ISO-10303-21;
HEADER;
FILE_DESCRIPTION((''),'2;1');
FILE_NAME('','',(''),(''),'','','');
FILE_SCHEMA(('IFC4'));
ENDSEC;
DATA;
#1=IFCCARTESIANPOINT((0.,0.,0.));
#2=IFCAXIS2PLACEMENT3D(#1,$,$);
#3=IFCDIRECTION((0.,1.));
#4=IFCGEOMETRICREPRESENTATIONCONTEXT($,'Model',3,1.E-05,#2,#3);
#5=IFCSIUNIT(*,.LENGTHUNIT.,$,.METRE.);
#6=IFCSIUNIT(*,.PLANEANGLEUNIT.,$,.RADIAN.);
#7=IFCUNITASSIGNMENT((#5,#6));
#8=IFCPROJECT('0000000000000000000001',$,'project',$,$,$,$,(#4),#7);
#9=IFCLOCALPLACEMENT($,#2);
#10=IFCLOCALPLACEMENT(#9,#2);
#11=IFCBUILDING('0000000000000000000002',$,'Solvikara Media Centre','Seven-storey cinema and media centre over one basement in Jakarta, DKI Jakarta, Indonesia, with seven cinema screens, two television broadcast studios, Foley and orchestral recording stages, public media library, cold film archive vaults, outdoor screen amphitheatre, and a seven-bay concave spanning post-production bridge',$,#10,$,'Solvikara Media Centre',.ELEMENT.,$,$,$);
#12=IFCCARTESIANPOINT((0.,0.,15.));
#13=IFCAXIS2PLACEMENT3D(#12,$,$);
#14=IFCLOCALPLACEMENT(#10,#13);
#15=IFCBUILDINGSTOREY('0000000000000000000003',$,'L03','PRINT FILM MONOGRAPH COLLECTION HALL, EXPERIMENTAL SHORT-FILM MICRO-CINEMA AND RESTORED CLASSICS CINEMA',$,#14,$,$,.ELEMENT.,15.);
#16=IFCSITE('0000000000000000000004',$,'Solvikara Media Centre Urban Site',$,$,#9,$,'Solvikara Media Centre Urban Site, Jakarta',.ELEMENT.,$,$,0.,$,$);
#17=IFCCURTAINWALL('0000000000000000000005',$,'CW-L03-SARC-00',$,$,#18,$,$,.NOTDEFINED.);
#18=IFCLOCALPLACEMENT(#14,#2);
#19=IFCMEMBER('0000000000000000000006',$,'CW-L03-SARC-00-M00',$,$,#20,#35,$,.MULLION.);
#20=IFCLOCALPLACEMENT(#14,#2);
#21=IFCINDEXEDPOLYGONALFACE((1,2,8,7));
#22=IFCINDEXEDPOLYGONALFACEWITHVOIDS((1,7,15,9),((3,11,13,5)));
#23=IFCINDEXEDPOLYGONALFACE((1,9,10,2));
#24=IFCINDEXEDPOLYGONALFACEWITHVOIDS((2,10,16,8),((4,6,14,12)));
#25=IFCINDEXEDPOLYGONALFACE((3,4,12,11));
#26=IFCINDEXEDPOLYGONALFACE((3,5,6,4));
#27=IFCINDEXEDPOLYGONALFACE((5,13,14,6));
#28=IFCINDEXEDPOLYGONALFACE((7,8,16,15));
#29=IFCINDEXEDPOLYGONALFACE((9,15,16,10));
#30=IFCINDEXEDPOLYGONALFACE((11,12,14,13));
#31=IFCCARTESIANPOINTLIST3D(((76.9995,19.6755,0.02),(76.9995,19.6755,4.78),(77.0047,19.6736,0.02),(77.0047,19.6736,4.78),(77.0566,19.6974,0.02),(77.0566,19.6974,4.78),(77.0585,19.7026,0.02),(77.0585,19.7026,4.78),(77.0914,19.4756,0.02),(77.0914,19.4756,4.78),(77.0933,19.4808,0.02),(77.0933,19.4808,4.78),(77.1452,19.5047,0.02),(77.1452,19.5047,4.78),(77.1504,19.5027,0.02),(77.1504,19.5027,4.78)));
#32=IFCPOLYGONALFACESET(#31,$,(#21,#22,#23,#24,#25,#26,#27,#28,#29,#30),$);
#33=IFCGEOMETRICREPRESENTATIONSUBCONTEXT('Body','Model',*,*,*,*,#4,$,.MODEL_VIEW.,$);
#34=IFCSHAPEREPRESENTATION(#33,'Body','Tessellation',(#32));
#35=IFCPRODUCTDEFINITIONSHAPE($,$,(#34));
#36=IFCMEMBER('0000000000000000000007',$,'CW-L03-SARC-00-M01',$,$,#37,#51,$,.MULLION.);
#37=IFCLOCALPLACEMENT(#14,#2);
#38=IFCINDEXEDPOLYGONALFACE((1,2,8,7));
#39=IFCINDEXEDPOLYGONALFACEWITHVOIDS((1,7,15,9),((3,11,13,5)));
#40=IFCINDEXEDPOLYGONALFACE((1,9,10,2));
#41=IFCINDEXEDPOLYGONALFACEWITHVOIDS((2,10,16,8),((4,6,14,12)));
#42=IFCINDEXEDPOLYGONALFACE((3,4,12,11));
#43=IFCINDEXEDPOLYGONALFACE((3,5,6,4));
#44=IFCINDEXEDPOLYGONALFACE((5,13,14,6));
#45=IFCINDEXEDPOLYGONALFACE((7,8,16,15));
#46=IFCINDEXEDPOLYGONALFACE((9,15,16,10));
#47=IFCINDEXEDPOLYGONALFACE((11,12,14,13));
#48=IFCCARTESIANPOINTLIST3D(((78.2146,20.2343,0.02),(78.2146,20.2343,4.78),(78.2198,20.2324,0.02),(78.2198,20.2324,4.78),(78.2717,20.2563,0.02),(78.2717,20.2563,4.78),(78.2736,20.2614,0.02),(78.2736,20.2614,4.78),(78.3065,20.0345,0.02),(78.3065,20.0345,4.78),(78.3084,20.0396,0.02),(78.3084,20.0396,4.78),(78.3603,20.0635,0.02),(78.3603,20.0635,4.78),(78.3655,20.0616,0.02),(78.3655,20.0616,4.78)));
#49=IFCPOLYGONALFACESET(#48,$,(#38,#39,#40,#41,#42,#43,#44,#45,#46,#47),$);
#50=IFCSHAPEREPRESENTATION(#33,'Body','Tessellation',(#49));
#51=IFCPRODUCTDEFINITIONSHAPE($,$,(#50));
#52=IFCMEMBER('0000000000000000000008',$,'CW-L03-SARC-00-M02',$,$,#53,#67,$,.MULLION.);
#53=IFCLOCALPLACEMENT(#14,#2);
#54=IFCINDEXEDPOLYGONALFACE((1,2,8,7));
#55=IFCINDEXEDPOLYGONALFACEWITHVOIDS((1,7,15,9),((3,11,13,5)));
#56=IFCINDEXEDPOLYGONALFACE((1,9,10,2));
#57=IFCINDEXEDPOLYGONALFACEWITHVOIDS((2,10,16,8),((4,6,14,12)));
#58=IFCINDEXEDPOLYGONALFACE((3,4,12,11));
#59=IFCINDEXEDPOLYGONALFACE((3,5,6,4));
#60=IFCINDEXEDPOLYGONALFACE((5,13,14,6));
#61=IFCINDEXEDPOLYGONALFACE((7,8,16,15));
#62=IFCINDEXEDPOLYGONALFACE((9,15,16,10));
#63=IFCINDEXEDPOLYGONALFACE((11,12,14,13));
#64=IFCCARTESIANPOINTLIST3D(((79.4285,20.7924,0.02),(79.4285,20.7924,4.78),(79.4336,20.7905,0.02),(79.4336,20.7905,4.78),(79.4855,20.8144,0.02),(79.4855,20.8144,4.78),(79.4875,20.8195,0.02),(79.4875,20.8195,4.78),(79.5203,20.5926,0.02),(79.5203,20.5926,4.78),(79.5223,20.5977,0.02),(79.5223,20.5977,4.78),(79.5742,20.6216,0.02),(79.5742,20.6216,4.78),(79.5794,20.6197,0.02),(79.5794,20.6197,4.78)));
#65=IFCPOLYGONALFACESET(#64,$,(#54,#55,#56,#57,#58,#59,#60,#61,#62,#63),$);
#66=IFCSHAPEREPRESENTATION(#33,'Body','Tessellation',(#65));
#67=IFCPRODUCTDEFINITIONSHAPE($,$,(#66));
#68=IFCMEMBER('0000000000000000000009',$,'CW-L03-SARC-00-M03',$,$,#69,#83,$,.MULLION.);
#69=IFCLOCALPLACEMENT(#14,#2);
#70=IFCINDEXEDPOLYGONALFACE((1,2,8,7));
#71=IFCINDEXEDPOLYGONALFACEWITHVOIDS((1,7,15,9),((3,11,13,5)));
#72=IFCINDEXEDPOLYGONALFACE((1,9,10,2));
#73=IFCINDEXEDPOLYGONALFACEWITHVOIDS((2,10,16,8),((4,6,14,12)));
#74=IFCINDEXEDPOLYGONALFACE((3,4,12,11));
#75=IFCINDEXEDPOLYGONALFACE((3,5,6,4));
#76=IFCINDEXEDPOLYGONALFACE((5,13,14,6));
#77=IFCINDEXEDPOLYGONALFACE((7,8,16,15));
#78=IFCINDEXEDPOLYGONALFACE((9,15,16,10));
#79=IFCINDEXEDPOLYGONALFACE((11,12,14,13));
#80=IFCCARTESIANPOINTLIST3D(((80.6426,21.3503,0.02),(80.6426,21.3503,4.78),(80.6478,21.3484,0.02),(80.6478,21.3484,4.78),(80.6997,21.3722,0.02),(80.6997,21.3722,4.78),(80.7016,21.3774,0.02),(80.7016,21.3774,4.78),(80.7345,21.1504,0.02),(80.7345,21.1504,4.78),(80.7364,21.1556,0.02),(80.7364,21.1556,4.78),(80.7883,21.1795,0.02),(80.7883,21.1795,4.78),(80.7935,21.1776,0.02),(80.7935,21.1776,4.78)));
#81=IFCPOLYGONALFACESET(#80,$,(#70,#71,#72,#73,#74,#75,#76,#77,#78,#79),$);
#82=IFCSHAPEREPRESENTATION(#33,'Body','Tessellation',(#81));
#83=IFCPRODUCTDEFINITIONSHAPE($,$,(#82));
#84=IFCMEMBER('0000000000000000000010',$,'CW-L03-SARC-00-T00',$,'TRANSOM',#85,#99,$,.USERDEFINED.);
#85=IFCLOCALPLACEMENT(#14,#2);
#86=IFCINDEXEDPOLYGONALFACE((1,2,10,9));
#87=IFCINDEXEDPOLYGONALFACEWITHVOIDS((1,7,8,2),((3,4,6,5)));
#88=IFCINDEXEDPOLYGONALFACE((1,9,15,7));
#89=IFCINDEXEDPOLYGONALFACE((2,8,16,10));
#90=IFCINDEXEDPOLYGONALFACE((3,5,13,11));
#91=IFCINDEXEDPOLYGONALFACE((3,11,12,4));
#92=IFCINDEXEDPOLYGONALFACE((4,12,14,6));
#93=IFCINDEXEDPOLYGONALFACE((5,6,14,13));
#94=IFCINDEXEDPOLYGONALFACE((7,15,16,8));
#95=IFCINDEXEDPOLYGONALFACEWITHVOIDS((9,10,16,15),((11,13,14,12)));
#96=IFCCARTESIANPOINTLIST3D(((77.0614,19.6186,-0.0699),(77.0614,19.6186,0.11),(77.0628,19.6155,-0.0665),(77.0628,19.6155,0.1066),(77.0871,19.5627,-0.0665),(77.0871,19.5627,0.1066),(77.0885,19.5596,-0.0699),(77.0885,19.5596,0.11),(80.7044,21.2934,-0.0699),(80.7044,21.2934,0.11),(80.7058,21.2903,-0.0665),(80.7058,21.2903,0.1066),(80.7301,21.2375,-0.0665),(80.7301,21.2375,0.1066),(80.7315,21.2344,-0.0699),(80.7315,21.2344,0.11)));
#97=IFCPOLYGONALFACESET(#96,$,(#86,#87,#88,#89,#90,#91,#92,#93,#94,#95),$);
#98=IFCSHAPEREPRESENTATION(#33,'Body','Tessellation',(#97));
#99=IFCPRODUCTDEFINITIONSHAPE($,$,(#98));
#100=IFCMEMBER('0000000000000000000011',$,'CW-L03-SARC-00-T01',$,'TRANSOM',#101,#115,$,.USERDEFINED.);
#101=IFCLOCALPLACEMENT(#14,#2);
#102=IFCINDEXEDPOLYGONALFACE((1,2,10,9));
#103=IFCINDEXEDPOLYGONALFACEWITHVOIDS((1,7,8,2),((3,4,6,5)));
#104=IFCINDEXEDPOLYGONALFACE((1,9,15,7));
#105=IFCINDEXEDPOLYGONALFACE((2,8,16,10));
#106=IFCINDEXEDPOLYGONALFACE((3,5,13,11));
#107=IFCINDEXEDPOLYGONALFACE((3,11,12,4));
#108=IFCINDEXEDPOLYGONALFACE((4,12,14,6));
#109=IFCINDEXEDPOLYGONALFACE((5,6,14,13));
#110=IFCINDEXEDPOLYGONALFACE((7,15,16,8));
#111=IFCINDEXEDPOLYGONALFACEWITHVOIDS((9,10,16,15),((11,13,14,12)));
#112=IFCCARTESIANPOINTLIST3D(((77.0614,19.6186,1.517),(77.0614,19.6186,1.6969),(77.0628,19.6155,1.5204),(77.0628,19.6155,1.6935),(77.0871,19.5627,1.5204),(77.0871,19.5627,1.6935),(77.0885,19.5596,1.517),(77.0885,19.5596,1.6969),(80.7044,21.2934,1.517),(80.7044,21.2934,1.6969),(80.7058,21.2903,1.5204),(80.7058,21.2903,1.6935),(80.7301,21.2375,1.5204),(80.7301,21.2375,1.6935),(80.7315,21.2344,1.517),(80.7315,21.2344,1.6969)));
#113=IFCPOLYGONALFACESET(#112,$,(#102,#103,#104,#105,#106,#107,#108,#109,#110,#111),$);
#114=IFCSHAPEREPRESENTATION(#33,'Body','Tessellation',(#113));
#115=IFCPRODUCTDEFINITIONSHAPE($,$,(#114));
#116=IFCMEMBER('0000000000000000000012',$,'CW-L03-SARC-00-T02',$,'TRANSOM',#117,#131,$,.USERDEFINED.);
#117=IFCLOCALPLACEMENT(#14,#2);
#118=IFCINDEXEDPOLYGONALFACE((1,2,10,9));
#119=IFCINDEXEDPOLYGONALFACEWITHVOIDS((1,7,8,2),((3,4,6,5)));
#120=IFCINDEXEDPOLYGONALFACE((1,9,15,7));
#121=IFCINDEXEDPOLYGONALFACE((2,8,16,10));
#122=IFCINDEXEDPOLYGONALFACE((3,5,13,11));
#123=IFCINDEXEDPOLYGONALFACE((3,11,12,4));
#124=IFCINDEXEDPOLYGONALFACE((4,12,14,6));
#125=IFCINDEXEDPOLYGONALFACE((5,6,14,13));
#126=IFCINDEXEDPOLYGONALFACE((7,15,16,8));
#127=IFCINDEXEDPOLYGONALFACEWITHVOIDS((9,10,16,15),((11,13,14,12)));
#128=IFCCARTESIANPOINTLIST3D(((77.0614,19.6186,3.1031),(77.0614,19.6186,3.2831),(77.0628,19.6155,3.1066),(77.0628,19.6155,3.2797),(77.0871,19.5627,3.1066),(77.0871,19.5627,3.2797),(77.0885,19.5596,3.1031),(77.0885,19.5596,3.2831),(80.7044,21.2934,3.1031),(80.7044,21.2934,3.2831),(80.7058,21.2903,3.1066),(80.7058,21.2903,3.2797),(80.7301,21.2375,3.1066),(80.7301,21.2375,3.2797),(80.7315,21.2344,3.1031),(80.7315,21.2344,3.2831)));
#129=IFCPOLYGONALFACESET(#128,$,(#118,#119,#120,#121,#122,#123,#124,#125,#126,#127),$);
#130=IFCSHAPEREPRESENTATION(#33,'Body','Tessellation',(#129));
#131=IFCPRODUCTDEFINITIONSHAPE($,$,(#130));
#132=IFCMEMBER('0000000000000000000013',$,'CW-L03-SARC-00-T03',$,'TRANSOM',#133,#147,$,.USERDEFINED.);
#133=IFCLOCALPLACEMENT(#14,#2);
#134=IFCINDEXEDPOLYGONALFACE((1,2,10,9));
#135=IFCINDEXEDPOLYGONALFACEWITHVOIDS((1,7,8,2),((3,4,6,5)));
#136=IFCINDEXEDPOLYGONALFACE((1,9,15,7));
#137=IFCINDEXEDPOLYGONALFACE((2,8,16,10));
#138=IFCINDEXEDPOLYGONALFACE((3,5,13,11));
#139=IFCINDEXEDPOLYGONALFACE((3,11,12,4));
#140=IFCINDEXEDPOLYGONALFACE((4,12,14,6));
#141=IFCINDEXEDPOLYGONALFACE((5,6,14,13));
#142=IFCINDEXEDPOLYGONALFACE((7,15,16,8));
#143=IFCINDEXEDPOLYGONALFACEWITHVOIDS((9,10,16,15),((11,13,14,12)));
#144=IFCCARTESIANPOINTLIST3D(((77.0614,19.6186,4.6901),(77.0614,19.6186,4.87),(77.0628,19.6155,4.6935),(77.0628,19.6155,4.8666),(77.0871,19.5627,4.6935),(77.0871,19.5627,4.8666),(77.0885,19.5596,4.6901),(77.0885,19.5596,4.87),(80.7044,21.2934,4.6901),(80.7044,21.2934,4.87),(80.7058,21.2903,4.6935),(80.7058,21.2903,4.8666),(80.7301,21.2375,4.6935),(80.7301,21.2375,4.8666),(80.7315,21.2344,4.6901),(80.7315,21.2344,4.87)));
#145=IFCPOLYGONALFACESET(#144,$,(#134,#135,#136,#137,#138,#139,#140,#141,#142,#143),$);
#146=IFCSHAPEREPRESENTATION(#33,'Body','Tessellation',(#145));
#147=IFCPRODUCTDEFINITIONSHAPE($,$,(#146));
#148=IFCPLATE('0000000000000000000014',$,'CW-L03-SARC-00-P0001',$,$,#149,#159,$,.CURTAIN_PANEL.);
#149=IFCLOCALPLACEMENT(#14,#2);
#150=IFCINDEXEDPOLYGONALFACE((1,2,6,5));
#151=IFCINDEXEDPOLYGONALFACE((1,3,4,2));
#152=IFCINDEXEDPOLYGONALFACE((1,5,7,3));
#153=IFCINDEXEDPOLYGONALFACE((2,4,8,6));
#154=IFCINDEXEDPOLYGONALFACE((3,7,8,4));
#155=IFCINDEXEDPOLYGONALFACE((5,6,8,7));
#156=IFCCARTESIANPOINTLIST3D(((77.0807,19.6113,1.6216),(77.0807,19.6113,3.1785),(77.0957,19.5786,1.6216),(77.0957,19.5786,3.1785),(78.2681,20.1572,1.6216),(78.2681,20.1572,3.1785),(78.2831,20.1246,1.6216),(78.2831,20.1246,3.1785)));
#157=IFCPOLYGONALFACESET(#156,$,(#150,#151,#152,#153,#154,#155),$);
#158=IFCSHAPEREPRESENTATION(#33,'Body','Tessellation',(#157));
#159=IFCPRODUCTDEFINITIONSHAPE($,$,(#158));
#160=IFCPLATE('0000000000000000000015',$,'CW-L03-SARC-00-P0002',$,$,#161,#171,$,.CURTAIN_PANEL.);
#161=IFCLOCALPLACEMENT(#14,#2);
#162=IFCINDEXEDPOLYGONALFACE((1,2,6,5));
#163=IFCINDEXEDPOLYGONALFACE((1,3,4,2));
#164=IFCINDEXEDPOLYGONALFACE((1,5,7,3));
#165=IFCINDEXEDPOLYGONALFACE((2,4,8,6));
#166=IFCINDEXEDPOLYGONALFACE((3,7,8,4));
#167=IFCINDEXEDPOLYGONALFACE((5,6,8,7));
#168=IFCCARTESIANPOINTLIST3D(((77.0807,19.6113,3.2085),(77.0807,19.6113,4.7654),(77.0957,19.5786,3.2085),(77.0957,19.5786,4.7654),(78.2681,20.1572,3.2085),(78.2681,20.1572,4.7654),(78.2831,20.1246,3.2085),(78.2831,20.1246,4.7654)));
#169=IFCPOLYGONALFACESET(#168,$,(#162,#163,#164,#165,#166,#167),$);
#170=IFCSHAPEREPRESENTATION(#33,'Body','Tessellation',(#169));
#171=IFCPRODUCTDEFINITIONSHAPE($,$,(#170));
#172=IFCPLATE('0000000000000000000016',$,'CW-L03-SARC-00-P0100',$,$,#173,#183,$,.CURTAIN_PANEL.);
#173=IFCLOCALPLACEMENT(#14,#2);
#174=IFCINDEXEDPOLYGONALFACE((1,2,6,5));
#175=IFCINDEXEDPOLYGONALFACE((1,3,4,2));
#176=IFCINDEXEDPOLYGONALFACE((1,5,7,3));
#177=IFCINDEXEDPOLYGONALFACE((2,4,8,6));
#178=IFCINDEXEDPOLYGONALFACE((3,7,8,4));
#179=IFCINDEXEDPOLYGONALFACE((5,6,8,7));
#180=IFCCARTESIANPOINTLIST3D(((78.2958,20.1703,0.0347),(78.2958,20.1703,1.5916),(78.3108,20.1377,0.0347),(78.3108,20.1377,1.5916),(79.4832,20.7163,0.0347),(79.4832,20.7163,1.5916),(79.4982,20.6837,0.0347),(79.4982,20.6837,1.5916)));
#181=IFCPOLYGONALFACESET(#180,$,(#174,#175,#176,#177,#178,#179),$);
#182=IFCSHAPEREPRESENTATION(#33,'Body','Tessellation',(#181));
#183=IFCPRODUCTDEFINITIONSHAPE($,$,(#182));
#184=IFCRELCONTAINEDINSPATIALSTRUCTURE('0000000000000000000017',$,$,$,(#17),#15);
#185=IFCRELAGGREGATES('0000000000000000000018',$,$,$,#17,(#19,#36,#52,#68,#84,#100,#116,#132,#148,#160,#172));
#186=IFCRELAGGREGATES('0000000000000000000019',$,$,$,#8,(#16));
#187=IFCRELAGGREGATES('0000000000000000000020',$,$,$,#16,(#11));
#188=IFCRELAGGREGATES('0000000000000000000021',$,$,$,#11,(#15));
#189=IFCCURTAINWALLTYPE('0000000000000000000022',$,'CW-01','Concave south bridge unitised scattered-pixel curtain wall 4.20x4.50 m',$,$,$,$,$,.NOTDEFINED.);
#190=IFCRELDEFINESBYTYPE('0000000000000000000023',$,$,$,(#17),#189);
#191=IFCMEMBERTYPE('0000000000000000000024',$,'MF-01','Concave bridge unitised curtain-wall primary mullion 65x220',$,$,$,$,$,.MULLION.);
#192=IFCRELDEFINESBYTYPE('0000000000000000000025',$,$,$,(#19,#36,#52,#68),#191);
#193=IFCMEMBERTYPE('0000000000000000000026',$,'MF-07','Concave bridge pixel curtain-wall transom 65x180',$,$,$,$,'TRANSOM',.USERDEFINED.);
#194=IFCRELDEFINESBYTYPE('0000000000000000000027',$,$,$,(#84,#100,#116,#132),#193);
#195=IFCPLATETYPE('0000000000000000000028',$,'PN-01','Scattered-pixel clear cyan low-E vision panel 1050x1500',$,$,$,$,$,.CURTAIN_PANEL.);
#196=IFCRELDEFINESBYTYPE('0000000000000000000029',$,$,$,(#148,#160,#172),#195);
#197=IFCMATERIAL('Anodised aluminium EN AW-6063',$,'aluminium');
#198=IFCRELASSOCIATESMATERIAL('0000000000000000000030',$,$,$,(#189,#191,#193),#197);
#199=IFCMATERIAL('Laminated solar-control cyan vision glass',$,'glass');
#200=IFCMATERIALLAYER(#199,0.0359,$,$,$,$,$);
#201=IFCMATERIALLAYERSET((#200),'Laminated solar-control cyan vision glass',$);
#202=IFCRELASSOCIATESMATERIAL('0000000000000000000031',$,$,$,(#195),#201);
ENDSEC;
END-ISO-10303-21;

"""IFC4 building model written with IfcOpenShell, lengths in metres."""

from ifc_helpers import new_model, si_unit, direction, frame, origin, origin_2d, place, context, subcontext, project, spatial, rectangle, hollow_rectangle, extrude, material, layer, layer_set, material_profile, profile_set, type_object, element, aggregate, save


model = new_model("IFC4")

# Units and contexts
model_context = context("Model", 3, precision=1e-05, world=origin(), true_north=direction((0.0, 1.0)))
body_context = subcontext(model_context, "Body", "Model", "MODEL_VIEW")
ifc_project = project(units=[si_unit("LENGTHUNIT", "METRE"), si_unit("PLANEANGLEUNIT", "RADIAN")], contexts=[model_context])

# Site, building, storey
site_placement = place(None, origin())
site = spatial("IfcSite", under=ifc_project, at=site_placement, Name="Solvikara Media Centre Urban Site", LongName="Solvikara Media Centre Urban Site, Jakarta", CompositionType="ELEMENT", RefElevation=0.0)
building_placement = place(site_placement, origin())
building = spatial("IfcBuilding", under=site, at=building_placement, Name="Solvikara Media Centre", Description="Seven-storey cinema and media centre over one basement in Jakarta, DKI Jakarta, Indonesia, with seven cinema screens, two television broadcast studios, Foley and orchestral recording stages, public media library, cold film archive vaults, outdoor screen amphitheatre, and a seven-bay concave spanning post-production bridge", LongName="Solvikara Media Centre", CompositionType="ELEMENT")
storey_placement = place(building_placement, frame((0.0, 0.0, 15.0)))
storey = spatial("IfcBuildingStorey", under=building, at=storey_placement, Name="L03", Description="PRINT FILM MONOGRAPH COLLECTION HALL, EXPERIMENTAL SHORT-FILM MICRO-CINEMA AND RESTORED CLASSICS CINEMA", CompositionType="ELEMENT", Elevation=15.0)

# Curtain wall, members, plates
ifc_material_1 = material(Name="Anodised aluminium EN AW-6063", Category="aluminium")
curtain_wall_type = type_object("IfcCurtainWallType", Name="CW-01", Description="Concave south bridge unitised scattered-pixel curtain wall 4.20x4.50 m", PredefinedType="NOTDEFINED", material=ifc_material_1)
curtain_wall_placement = place(storey_placement, origin())
curtain_wall = element("IfcCurtainWall", 1, at=curtain_wall_placement, inside=storey, type_object=curtain_wall_type, Name="CW-L03-SARC-00", PredefinedType="NOTDEFINED")
ifc_material_profile_1 = material_profile(ifc_material_1, hollow_rectangle(XDim=0.0649, YDim=0.22, WallThickness=0.0039, at=origin_2d()), Name="ALU-M 65x220x4")
ifc_profile_set_1 = profile_set([ifc_material_profile_1], Name="Anodised aluminium EN AW-6063")
member_type_1 = type_object("IfcMemberType", Name="MF-01", Description="Concave bridge unitised curtain-wall primary mullion 65x220", PredefinedType="MULLION", material=ifc_profile_set_1)
member_1_placement = place(storey_placement, frame((77.075, 19.5891, 0.02), z_axis=(0.0, 0.0, 1.0), x_axis=(0.908567, 0.41774, 0.0)))
member_1 = element("IfcMember", 2, at=member_1_placement, type_object=member_type_1, Name="CW-L03-SARC-00-M00", PredefinedType="MULLION", context=body_context, shape_type="SweptSolid", body=[
    extrude(hollow_rectangle(XDim=0.0649, YDim=0.22, WallThickness=0.0039, at=origin_2d()), origin(), (0.0, 0.0, 1.0), 4.76),
])
member_2_placement = place(storey_placement, frame((78.29, 20.1479, 0.02), z_axis=(0.0, 0.0, 1.0), x_axis=(0.908567, 0.41774, 0.0)))
member_2 = element("IfcMember", 3, at=member_2_placement, type_object=member_type_1, Name="CW-L03-SARC-00-M01", PredefinedType="MULLION", context=body_context, shape_type="SweptSolid", body=[
    extrude(hollow_rectangle(XDim=0.0649, YDim=0.22, WallThickness=0.0039, at=origin_2d()), origin(), (0.0, 0.0, 1.0), 4.76),
])
member_3_placement = place(storey_placement, frame((79.5039, 20.7061, 0.02), z_axis=(0.0, 0.0, 1.0), x_axis=(0.908567, 0.41774, 0.0)))
member_3 = element("IfcMember", 4, at=member_3_placement, type_object=member_type_1, Name="CW-L03-SARC-00-M02", PredefinedType="MULLION", context=body_context, shape_type="SweptSolid", body=[
    extrude(hollow_rectangle(XDim=0.0649, YDim=0.22, WallThickness=0.0039, at=origin_2d()), origin(), (0.0, 0.0, 1.0), 4.76),
])
member_4_placement = place(storey_placement, frame((80.718, 21.2639, 0.02), z_axis=(0.0, 0.0, 1.0), x_axis=(0.908567, 0.41774, 0.0)))
member_4 = element("IfcMember", 5, at=member_4_placement, type_object=member_type_1, Name="CW-L03-SARC-00-M03", PredefinedType="MULLION", context=body_context, shape_type="SweptSolid", body=[
    extrude(hollow_rectangle(XDim=0.0649, YDim=0.22, WallThickness=0.0039, at=origin_2d()), origin(), (0.0, 0.0, 1.0), 4.76),
])
ifc_material_profile_2 = material_profile(ifc_material_1, hollow_rectangle(XDim=0.0649, YDim=0.1799, WallThickness=0.0034, at=origin_2d()), Name="ALU-T 65x180x3.5")
ifc_profile_set_2 = profile_set([ifc_material_profile_2], Name="Anodised aluminium EN AW-6063")
member_type_2 = type_object("IfcMemberType", Name="MF-07", Description="Concave bridge pixel curtain-wall transom 65x180", ElementType="TRANSOM", PredefinedType="USERDEFINED", material=ifc_profile_set_2)
member_5_placement = place(storey_placement, frame((77.075, 19.5891, 0.02), z_axis=(0.908586, 0.417699, 0.0), x_axis=(-0.417699, 0.908586, 0.0)))
member_5 = element("IfcMember", 6, at=member_5_placement, type_object=member_type_2, Name="CW-L03-SARC-00-T00", ObjectType="TRANSOM", PredefinedType="USERDEFINED", context=body_context, shape_type="SweptSolid", body=[
    extrude(hollow_rectangle(XDim=0.0649, YDim=0.1799, WallThickness=0.0034, at=origin_2d()), origin(), (0.0, 0.0, 1.0), 4.0095),
])
member_6_placement = place(storey_placement, frame((77.075, 19.5891, 1.6069), z_axis=(0.908586, 0.417699, 0.0), x_axis=(-0.417699, 0.908586, 0.0)))
member_6 = element("IfcMember", 7, at=member_6_placement, type_object=member_type_2, Name="CW-L03-SARC-00-T01", ObjectType="TRANSOM", PredefinedType="USERDEFINED", context=body_context, shape_type="SweptSolid", body=[
    extrude(hollow_rectangle(XDim=0.0649, YDim=0.1799, WallThickness=0.0034, at=origin_2d()), origin(), (0.0, 0.0, 1.0), 4.0095),
])
member_7_placement = place(storey_placement, frame((77.075, 19.5891, 3.1931), z_axis=(0.908586, 0.417699, 0.0), x_axis=(-0.417699, 0.908586, 0.0)))
member_7 = element("IfcMember", 8, at=member_7_placement, type_object=member_type_2, Name="CW-L03-SARC-00-T02", ObjectType="TRANSOM", PredefinedType="USERDEFINED", context=body_context, shape_type="SweptSolid", body=[
    extrude(hollow_rectangle(XDim=0.0649, YDim=0.1799, WallThickness=0.0034, at=origin_2d()), origin(), (0.0, 0.0, 1.0), 4.0095),
])
member_8_placement = place(storey_placement, frame((77.075, 19.5891, 4.78), z_axis=(0.908586, 0.417699, 0.0), x_axis=(-0.417699, 0.908586, 0.0)))
member_8 = element("IfcMember", 9, at=member_8_placement, type_object=member_type_2, Name="CW-L03-SARC-00-T03", ObjectType="TRANSOM", PredefinedType="USERDEFINED", context=body_context, shape_type="SweptSolid", body=[
    extrude(hollow_rectangle(XDim=0.0649, YDim=0.1799, WallThickness=0.0034, at=origin_2d()), origin(), (0.0, 0.0, 1.0), 4.0095),
])
ifc_material_2 = material(Name="Laminated solar-control cyan vision glass", Category="glass")
ifc_layer_1 = layer(ifc_material_2, 0.0359)
ifc_layer_set_1 = layer_set([ifc_layer_1], Name="Laminated solar-control cyan vision glass")
plate_type_1 = type_object("IfcPlateType", Name="PN-01", Description="Scattered-pixel clear cyan low-E vision panel 1050x1500", PredefinedType="CURTAIN_PANEL", material=ifc_layer_set_1)
plate_1_placement = place(storey_placement, frame((77.6819, 19.8679, 1.6216), z_axis=(0.0, 0.0, 1.0), x_axis=(0.908567, 0.41774, 0.0)))
plate_1 = element("IfcPlate", 10, at=plate_1_placement, type_object=plate_type_1, Name="CW-L03-SARC-00-P0001", PredefinedType="CURTAIN_PANEL", context=body_context, shape_type="SweptSolid", body=[
    extrude(rectangle(XDim=1.3069, YDim=0.0359, at=origin_2d()), origin(), (0.0, 0.0, 1.0), 1.5569),
])
plate_2_placement = place(storey_placement, frame((77.6819, 19.8679, 3.2085), z_axis=(0.0, 0.0, 1.0), x_axis=(0.908567, 0.41774, 0.0)))
plate_2 = element("IfcPlate", 11, at=plate_2_placement, type_object=plate_type_1, Name="CW-L03-SARC-00-P0002", PredefinedType="CURTAIN_PANEL", context=body_context, shape_type="SweptSolid", body=[
    extrude(rectangle(XDim=1.3069, YDim=0.0359, at=origin_2d()), origin(), (0.0, 0.0, 1.0), 1.5569),
])
plate_3_placement = place(storey_placement, frame((78.897, 20.427, 0.0347), z_axis=(0.0, 0.0, 1.0), x_axis=(0.908567, 0.41774, 0.0)))
plate_3 = element("IfcPlate", 12, at=plate_3_placement, type_object=plate_type_1, Name="CW-L03-SARC-00-P0100", PredefinedType="CURTAIN_PANEL", context=body_context, shape_type="SweptSolid", body=[
    extrude(rectangle(XDim=1.3069, YDim=0.0359, at=origin_2d()), origin(), (0.0, 0.0, 1.0), 1.5569),
])
aggregate(curtain_wall, [member_1, member_2, member_3, member_4, member_5, member_6, member_7, member_8, plate_1, plate_2, plate_3])

save(model, "model.ifc")
